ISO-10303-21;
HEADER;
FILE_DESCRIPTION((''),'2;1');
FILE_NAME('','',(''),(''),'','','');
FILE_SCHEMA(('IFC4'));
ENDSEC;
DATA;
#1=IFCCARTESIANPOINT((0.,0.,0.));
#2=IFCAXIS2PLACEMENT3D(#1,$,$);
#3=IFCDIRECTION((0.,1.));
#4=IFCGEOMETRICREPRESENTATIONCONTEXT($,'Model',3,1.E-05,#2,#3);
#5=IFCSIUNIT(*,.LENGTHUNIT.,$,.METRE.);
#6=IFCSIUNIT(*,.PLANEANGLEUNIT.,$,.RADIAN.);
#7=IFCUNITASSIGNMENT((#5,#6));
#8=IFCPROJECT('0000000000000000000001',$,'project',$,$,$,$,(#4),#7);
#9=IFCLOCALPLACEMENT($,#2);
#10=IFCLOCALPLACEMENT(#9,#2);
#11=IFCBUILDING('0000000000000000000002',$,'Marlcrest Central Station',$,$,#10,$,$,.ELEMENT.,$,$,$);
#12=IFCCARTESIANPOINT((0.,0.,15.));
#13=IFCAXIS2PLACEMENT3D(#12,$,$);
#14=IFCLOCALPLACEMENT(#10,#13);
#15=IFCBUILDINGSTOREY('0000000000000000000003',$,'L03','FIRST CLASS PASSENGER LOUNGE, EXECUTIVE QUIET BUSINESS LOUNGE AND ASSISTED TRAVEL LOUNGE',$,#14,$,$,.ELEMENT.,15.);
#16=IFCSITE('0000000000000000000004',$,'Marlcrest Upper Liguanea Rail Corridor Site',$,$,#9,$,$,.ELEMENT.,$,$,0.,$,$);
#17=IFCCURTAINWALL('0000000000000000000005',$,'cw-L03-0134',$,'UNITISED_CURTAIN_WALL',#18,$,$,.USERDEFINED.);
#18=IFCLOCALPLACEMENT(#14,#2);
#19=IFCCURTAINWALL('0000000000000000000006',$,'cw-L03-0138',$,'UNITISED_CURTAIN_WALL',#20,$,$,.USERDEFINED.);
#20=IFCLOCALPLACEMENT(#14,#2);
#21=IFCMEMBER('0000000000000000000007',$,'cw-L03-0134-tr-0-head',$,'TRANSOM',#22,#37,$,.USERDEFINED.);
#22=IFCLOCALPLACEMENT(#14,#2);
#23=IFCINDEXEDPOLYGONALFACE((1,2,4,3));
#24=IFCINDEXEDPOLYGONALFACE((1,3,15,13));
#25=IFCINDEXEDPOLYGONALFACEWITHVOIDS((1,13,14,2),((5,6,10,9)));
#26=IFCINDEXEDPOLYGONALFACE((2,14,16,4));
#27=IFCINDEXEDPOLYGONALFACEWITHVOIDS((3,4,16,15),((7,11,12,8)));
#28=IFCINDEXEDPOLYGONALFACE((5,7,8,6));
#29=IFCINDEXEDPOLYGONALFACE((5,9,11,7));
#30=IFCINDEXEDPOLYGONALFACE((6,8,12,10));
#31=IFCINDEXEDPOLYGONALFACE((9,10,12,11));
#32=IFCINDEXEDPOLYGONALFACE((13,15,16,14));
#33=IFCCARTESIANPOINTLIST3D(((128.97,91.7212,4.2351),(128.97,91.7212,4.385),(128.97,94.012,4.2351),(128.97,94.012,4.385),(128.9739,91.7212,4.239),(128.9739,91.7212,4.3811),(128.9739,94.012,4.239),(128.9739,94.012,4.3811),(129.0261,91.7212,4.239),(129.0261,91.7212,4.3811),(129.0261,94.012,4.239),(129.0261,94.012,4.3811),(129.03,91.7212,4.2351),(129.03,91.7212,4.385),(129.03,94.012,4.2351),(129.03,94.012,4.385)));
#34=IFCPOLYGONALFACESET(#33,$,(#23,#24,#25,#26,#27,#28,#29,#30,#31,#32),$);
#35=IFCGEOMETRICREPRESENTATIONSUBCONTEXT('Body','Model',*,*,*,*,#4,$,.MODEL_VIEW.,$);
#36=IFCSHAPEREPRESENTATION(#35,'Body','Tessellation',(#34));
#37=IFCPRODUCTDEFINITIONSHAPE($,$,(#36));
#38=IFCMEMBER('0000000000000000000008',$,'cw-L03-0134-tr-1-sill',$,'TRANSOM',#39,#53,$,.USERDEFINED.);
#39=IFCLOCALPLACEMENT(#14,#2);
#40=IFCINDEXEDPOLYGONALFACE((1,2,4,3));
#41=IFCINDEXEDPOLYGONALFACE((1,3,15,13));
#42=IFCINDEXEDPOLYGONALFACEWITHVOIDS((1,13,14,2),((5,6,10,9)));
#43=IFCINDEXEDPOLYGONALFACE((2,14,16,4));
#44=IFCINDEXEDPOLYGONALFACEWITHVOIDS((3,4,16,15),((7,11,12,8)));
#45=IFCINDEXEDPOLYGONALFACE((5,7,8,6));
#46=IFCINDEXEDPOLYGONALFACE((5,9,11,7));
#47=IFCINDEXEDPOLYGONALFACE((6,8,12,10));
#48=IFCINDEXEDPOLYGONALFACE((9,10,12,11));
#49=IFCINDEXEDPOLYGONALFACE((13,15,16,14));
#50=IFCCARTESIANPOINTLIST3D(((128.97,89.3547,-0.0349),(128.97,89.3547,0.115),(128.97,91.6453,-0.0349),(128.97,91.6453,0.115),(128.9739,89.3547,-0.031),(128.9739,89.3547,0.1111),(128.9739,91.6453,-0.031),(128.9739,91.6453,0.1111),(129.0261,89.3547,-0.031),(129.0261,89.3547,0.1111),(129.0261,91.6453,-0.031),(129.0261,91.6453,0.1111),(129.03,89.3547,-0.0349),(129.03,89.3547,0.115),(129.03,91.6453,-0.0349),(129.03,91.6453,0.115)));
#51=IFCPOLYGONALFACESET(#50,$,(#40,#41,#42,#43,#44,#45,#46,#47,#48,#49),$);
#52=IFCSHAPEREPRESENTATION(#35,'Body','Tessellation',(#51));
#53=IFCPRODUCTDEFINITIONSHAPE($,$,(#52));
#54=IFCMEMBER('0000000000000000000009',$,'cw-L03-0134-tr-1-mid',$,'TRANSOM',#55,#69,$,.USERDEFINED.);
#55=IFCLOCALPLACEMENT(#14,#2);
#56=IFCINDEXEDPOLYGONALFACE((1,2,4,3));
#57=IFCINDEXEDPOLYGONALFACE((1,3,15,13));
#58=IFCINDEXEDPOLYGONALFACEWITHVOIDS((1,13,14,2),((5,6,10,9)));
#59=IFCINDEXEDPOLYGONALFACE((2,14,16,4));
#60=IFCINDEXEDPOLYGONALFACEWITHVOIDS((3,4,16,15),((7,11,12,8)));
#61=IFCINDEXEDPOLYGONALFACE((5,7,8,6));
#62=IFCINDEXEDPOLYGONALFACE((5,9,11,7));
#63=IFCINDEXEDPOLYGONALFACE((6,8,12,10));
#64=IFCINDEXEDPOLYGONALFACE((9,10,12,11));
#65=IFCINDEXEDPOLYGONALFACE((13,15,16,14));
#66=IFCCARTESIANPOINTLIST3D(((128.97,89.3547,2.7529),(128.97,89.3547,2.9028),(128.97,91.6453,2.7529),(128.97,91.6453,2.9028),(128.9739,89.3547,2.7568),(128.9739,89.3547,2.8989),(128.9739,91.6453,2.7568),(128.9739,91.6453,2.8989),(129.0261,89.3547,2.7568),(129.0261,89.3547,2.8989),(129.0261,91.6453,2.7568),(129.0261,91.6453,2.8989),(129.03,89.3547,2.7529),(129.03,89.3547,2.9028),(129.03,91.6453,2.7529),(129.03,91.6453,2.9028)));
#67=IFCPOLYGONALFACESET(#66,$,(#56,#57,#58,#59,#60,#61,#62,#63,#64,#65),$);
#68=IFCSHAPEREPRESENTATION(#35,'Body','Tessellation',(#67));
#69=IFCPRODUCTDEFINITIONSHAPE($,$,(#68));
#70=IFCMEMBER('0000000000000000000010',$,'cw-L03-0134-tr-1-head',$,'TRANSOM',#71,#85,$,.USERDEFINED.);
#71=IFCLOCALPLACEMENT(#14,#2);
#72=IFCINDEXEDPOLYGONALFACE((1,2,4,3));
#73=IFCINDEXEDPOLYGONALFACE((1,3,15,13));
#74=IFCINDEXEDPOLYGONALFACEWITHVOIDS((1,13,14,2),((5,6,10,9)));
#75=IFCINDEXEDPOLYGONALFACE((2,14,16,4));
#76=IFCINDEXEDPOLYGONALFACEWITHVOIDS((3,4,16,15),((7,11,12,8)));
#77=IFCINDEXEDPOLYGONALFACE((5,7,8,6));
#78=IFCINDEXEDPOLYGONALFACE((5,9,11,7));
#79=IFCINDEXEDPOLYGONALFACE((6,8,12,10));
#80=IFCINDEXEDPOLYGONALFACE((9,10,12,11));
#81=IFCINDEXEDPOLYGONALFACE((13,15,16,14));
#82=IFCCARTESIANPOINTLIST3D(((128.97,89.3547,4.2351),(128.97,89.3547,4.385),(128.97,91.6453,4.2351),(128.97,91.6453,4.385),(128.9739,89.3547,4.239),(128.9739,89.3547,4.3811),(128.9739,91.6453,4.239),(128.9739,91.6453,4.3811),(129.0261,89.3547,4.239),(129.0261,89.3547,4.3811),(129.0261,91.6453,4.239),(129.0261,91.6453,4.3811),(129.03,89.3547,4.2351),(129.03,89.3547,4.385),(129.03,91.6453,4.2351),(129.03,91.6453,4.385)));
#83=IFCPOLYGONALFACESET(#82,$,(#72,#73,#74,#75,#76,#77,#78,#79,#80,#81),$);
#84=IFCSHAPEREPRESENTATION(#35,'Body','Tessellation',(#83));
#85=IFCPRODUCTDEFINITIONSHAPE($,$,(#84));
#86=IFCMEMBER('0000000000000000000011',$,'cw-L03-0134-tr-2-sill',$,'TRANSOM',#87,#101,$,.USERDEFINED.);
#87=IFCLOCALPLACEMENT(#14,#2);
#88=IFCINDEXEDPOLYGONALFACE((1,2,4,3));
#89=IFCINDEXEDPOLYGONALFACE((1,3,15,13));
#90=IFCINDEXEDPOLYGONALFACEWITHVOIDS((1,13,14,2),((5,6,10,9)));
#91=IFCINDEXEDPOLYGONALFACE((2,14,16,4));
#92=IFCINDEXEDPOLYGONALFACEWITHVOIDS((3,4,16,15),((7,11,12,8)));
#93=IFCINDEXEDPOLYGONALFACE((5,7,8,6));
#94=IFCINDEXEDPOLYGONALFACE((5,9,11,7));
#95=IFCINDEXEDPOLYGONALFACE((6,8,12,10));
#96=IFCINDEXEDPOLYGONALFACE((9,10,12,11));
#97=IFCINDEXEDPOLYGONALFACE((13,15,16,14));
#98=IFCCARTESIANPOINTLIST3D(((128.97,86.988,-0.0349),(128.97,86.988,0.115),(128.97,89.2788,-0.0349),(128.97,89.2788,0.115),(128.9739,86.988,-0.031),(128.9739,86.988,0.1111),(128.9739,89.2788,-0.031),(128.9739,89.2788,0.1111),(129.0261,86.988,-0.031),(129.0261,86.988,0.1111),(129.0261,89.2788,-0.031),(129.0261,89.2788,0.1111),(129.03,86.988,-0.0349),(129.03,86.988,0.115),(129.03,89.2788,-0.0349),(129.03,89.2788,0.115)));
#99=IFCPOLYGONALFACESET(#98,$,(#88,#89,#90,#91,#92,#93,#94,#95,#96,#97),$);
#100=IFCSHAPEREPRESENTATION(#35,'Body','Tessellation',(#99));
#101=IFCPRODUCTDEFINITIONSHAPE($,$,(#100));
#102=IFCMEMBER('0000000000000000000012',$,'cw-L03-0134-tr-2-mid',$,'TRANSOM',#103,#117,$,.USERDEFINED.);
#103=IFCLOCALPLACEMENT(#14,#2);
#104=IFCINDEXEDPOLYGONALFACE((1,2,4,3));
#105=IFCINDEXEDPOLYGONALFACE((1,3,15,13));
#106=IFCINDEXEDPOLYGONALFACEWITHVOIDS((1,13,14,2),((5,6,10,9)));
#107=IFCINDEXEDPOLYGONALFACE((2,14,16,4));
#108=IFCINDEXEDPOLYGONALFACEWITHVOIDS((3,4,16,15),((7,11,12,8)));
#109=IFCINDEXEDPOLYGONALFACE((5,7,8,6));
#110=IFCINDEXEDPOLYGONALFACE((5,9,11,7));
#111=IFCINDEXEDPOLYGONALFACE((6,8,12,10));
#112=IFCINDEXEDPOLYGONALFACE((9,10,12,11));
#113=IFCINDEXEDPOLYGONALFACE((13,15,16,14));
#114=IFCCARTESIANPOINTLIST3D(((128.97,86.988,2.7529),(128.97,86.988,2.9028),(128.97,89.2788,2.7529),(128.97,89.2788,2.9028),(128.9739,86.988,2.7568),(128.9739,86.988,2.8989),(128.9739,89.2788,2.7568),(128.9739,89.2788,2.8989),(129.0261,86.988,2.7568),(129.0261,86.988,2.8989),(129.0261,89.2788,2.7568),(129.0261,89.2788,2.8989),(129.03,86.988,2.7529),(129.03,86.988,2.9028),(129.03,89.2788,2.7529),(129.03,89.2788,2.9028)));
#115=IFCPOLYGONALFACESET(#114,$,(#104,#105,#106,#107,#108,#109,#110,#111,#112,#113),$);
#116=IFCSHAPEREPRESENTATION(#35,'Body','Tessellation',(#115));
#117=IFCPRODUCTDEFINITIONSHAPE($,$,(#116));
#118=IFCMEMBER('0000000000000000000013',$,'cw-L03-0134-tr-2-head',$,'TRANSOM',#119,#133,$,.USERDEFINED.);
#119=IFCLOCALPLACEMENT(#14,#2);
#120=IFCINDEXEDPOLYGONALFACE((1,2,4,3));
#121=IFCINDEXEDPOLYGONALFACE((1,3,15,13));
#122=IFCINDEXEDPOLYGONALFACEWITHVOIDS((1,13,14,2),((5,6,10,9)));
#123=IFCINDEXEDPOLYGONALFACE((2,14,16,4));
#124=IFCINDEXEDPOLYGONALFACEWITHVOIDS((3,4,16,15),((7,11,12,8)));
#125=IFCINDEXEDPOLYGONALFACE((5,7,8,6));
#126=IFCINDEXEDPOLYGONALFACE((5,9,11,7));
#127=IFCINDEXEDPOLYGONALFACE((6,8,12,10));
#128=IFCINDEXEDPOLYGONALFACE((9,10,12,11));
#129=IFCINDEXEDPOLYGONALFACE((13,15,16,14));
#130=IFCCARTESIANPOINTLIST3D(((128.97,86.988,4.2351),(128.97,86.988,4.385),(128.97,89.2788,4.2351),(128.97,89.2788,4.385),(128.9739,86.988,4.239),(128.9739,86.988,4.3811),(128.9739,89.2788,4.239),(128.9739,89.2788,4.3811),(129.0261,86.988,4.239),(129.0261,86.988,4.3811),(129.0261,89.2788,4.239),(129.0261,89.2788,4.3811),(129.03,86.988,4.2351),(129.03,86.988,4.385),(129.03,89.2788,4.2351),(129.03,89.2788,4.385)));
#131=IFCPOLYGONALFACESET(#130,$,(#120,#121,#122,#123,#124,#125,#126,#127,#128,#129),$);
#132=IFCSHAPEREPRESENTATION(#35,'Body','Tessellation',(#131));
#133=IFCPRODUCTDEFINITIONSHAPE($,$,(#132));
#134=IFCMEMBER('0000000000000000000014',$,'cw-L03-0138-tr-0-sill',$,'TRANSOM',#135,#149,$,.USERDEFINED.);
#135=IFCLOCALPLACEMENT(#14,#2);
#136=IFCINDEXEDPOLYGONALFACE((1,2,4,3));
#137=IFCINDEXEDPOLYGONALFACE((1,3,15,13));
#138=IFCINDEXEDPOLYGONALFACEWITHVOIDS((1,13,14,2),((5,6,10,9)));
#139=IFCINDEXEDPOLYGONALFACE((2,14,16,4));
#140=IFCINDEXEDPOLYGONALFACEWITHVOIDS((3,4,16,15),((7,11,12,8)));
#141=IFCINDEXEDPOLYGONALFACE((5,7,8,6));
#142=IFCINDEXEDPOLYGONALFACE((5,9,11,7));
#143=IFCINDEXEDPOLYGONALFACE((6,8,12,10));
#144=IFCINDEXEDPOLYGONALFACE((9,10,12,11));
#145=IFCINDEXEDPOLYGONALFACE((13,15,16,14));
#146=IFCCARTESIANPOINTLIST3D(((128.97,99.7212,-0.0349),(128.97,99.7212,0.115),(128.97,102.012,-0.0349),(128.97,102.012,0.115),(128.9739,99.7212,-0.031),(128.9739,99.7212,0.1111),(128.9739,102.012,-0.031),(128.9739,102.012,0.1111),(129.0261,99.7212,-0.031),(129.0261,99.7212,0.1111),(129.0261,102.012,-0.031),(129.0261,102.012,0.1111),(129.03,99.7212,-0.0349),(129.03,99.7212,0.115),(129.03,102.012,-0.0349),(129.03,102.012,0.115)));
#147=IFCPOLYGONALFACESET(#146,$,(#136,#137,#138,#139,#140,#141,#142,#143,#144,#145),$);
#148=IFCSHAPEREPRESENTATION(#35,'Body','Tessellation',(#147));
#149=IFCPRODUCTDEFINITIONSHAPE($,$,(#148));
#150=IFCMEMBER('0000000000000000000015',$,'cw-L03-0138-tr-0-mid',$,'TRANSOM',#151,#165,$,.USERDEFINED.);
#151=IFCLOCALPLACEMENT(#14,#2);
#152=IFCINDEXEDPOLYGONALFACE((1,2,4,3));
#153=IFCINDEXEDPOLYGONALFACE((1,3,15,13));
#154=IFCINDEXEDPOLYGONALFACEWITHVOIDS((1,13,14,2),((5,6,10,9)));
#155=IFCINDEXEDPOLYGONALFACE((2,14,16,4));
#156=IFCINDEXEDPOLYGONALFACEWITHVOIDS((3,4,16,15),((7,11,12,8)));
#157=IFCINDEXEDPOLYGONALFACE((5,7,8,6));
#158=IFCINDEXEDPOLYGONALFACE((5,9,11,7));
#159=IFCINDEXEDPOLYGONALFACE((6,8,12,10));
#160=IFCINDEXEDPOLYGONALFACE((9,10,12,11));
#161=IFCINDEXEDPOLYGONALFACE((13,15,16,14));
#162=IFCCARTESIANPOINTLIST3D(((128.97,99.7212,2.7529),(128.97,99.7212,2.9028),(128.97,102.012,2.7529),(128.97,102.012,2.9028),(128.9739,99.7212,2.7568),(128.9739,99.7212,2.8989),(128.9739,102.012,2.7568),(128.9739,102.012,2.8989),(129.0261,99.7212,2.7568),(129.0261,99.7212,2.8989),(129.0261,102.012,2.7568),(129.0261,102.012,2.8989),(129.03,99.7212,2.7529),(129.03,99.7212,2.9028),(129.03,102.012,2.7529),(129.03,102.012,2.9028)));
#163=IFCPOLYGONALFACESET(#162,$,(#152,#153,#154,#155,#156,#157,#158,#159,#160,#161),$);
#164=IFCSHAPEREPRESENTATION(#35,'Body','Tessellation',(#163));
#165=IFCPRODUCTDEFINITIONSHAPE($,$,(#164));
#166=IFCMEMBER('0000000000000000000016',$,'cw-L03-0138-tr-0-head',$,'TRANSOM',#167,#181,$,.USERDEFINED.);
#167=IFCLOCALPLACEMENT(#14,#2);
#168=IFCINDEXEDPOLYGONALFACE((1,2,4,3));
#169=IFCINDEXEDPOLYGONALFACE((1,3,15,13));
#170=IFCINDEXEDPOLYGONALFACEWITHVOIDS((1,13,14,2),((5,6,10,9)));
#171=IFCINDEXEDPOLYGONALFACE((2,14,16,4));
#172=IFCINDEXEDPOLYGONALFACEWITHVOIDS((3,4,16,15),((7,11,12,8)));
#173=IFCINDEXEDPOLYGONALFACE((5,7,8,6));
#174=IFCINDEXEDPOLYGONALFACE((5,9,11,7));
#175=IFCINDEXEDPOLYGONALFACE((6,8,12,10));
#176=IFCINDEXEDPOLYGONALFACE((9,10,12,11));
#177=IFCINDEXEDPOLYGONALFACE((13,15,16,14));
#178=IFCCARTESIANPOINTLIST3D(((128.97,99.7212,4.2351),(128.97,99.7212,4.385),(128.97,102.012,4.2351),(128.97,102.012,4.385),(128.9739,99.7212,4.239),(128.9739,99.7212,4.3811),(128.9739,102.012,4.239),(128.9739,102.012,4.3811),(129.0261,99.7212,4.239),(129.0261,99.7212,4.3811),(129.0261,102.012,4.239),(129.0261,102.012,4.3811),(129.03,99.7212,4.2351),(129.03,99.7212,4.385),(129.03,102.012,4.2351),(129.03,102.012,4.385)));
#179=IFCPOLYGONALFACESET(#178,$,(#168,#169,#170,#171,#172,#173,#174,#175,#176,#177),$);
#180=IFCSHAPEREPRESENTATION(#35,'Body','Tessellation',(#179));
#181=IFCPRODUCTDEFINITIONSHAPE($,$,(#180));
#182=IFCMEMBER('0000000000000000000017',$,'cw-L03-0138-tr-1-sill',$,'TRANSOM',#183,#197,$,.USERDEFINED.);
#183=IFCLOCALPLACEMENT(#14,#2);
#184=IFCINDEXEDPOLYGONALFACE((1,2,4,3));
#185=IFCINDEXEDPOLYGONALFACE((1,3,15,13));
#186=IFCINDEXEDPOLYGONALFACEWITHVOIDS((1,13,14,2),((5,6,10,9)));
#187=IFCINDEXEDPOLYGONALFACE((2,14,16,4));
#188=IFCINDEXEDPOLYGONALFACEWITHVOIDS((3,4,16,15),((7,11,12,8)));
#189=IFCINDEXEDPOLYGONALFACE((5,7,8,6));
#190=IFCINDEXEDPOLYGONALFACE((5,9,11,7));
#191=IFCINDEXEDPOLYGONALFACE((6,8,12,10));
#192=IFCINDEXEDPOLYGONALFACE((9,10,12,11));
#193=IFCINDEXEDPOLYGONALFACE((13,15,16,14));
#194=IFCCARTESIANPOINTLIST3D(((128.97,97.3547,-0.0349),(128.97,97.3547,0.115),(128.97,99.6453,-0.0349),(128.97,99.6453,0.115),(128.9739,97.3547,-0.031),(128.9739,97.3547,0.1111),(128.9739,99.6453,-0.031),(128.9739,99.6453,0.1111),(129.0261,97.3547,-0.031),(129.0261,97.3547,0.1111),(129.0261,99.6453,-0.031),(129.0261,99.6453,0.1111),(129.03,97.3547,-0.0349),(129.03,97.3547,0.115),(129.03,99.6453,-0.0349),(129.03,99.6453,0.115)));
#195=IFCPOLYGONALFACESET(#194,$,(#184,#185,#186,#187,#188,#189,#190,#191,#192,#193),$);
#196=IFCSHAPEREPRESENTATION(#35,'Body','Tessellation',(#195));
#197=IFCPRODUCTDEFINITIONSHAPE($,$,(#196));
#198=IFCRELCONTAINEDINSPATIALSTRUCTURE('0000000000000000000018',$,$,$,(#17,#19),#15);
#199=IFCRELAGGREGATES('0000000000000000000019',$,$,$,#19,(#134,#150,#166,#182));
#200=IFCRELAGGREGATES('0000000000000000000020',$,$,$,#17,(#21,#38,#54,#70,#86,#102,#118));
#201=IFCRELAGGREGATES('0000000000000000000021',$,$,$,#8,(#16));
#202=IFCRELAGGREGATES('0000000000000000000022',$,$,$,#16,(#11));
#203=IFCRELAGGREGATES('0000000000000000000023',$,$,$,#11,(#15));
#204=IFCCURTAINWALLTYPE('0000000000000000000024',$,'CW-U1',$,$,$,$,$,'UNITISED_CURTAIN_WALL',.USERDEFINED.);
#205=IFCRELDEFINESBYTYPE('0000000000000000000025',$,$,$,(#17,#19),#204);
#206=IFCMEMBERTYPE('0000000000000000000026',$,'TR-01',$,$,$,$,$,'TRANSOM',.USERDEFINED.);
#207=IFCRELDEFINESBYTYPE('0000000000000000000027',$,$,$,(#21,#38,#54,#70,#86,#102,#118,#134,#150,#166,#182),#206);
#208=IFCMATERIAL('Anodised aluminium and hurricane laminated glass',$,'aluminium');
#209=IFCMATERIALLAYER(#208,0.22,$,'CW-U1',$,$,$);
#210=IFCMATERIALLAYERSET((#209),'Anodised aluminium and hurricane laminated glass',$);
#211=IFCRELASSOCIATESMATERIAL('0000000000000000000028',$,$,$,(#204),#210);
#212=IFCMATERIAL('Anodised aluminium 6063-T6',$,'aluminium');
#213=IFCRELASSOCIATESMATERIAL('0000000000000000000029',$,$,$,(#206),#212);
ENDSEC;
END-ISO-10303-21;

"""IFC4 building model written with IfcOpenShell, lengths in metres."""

from ifc_helpers import new_model, si_unit, direction, frame, origin, origin_2d, place, context, subcontext, project, spatial, hollow_rectangle, extrude, material, layer, layer_set, material_profile, profile_set, type_object, element, aggregate, save


model = new_model("IFC4")

# Units and contexts
model_context = context("Model", 3, precision=1e-05, world=origin(), true_north=direction((0.0, 1.0)))
body_context = subcontext(model_context, "Body", "Model", "MODEL_VIEW")
ifc_project = project(units=[si_unit("LENGTHUNIT", "METRE"), si_unit("PLANEANGLEUNIT", "RADIAN")], contexts=[model_context])

# Site, building, storey
site_placement = place(None, origin())
site = spatial("IfcSite", under=ifc_project, at=site_placement, Name="Marlcrest Upper Liguanea Rail Corridor Site", CompositionType="ELEMENT", RefElevation=0.0)
building_placement = place(site_placement, origin())
building = spatial("IfcBuilding", under=site, at=building_placement, Name="Marlcrest Central Station", CompositionType="ELEMENT")
storey_placement = place(building_placement, frame((0.0, 0.0, 15.0)))
storey = spatial("IfcBuildingStorey", under=building, at=storey_placement, Name="L03", Description="FIRST CLASS PASSENGER LOUNGE, EXECUTIVE QUIET BUSINESS LOUNGE AND ASSISTED TRAVEL LOUNGE", CompositionType="ELEMENT", Elevation=15.0)

# Curtain walls
ifc_material_1 = material(Name="Anodised aluminium and hurricane laminated glass", Category="aluminium")
ifc_layer_1 = layer(ifc_material_1, 0.22, Name="CW-U1")
ifc_layer_set_1 = layer_set([ifc_layer_1], Name="Anodised aluminium and hurricane laminated glass")
curtain_wall_type = type_object("IfcCurtainWallType", Name="CW-U1", ElementType="UNITISED_CURTAIN_WALL", PredefinedType="USERDEFINED", material=ifc_layer_set_1)
curtain_wall_1_placement = place(storey_placement, origin())
curtain_wall_1 = element("IfcCurtainWall", 1, at=curtain_wall_1_placement, inside=storey, type_object=curtain_wall_type, Name="cw-L03-0134", ObjectType="UNITISED_CURTAIN_WALL", PredefinedType="USERDEFINED")
ifc_material_2 = material(Name="Anodised aluminium 6063-T6", Category="aluminium")
curtain_wall_2_placement = place(storey_placement, origin())
curtain_wall_2 = element("IfcCurtainWall", 2, at=curtain_wall_2_placement, inside=storey, type_object=curtain_wall_type, Name="cw-L03-0138", ObjectType="UNITISED_CURTAIN_WALL", PredefinedType="USERDEFINED")

# Members
ifc_material_profile_1 = material_profile(ifc_material_2, hollow_rectangle(XDim=0.0601, YDim=0.1499, WallThickness=0.0039, at=origin_2d()), Name="AA-RHS 150x60x4")
ifc_profile_set_1 = profile_set([ifc_material_profile_1], Name="Anodised aluminium 6063-T6")
member_type_1 = type_object("IfcMemberType", Name="TR-01", ElementType="TRANSOM", PredefinedType="USERDEFINED", material=ifc_profile_set_1)
member_1_placement = place(storey_placement, frame((129.0, 94.012, 4.3101), z_axis=(0.0, -1.0, 0.0), x_axis=(1.0, 0.0, 0.0)))
member_1 = element("IfcMember", 3, at=member_1_placement, type_object=member_type_1, Name="cw-L03-0134-tr-0-head", ObjectType="TRANSOM", PredefinedType="USERDEFINED", context=body_context, shape_type="SweptSolid", body=[
    extrude(hollow_rectangle(XDim=0.0601, YDim=0.1499, WallThickness=0.0039, at=origin_2d()), origin(), (0.0, 0.0, 1.0), 2.2908),
])
member_2_placement = place(storey_placement, frame((129.0, 91.6453, 0.04), z_axis=(0.0, -1.0, 0.0), x_axis=(1.0, 0.0, 0.0)))
member_2 = element("IfcMember", 4, at=member_2_placement, type_object=member_type_1, Name="cw-L03-0134-tr-1-sill", ObjectType="TRANSOM", PredefinedType="USERDEFINED", context=body_context, shape_type="SweptSolid", body=[
    extrude(hollow_rectangle(XDim=0.0601, YDim=0.1499, WallThickness=0.0039, at=origin_2d()), origin(), (0.0, 0.0, 1.0), 2.2905),
])
member_3_placement = place(storey_placement, frame((129.0, 91.6453, 2.8279), z_axis=(0.0, -1.0, 0.0), x_axis=(1.0, 0.0, 0.0)))
member_3 = element("IfcMember", 5, at=member_3_placement, type_object=member_type_1, Name="cw-L03-0134-tr-1-mid", ObjectType="TRANSOM", PredefinedType="USERDEFINED", context=body_context, shape_type="SweptSolid", body=[
    extrude(hollow_rectangle(XDim=0.0601, YDim=0.1499, WallThickness=0.0039, at=origin_2d()), origin(), (0.0, 0.0, 1.0), 2.2905),
])
member_4_placement = place(storey_placement, frame((129.0, 91.6453, 4.3101), z_axis=(0.0, -1.0, 0.0), x_axis=(1.0, 0.0, 0.0)))
member_4 = element("IfcMember", 6, at=member_4_placement, type_object=member_type_1, Name="cw-L03-0134-tr-1-head", ObjectType="TRANSOM", PredefinedType="USERDEFINED", context=body_context, shape_type="SweptSolid", body=[
    extrude(hollow_rectangle(XDim=0.0601, YDim=0.1499, WallThickness=0.0039, at=origin_2d()), origin(), (0.0, 0.0, 1.0), 2.2905),
])
member_5_placement = place(storey_placement, frame((129.0, 89.2788, 0.04), z_axis=(0.0, -1.0, 0.0), x_axis=(1.0, 0.0, 0.0)))
member_5 = element("IfcMember", 7, at=member_5_placement, type_object=member_type_1, Name="cw-L03-0134-tr-2-sill", ObjectType="TRANSOM", PredefinedType="USERDEFINED", context=body_context, shape_type="SweptSolid", body=[
    extrude(hollow_rectangle(XDim=0.0601, YDim=0.1499, WallThickness=0.0039, at=origin_2d()), origin(), (0.0, 0.0, 1.0), 2.2908),
])
member_6_placement = place(storey_placement, frame((129.0, 89.2788, 2.8279), z_axis=(0.0, -1.0, 0.0), x_axis=(1.0, 0.0, 0.0)))
member_6 = element("IfcMember", 8, at=member_6_placement, type_object=member_type_1, Name="cw-L03-0134-tr-2-mid", ObjectType="TRANSOM", PredefinedType="USERDEFINED", context=body_context, shape_type="SweptSolid", body=[
    extrude(hollow_rectangle(XDim=0.0601, YDim=0.1499, WallThickness=0.0039, at=origin_2d()), origin(), (0.0, 0.0, 1.0), 2.2908),
])
member_7_placement = place(storey_placement, frame((129.0, 89.2788, 4.3101), z_axis=(0.0, -1.0, 0.0), x_axis=(1.0, 0.0, 0.0)))
member_7 = element("IfcMember", 9, at=member_7_placement, type_object=member_type_1, Name="cw-L03-0134-tr-2-head", ObjectType="TRANSOM", PredefinedType="USERDEFINED", context=body_context, shape_type="SweptSolid", body=[
    extrude(hollow_rectangle(XDim=0.0601, YDim=0.1499, WallThickness=0.0039, at=origin_2d()), origin(), (0.0, 0.0, 1.0), 2.2908),
])
member_8_placement = place(storey_placement, frame((129.0, 102.012, 0.04), z_axis=(0.0, -1.0, 0.0), x_axis=(1.0, 0.0, 0.0)))
member_8 = element("IfcMember", 10, at=member_8_placement, type_object=member_type_1, Name="cw-L03-0138-tr-0-sill", ObjectType="TRANSOM", PredefinedType="USERDEFINED", context=body_context, shape_type="SweptSolid", body=[
    extrude(hollow_rectangle(XDim=0.0601, YDim=0.1499, WallThickness=0.0039, at=origin_2d()), origin(), (0.0, 0.0, 1.0), 2.2908),
])
member_9_placement = place(storey_placement, frame((129.0, 102.012, 2.8279), z_axis=(0.0, -1.0, 0.0), x_axis=(1.0, 0.0, 0.0)))
member_9 = element("IfcMember", 11, at=member_9_placement, type_object=member_type_1, Name="cw-L03-0138-tr-0-mid", ObjectType="TRANSOM", PredefinedType="USERDEFINED", context=body_context, shape_type="SweptSolid", body=[
    extrude(hollow_rectangle(XDim=0.0601, YDim=0.1499, WallThickness=0.0039, at=origin_2d()), origin(), (0.0, 0.0, 1.0), 2.2908),
])
member_10_placement = place(storey_placement, frame((129.0, 102.012, 4.3101), z_axis=(0.0, -1.0, 0.0), x_axis=(1.0, 0.0, 0.0)))
member_10 = element("IfcMember", 12, at=member_10_placement, type_object=member_type_1, Name="cw-L03-0138-tr-0-head", ObjectType="TRANSOM", PredefinedType="USERDEFINED", context=body_context, shape_type="SweptSolid", body=[
    extrude(hollow_rectangle(XDim=0.0601, YDim=0.1499, WallThickness=0.0039, at=origin_2d()), origin(), (0.0, 0.0, 1.0), 2.2908),
])
member_11_placement = place(storey_placement, frame((129.0, 99.6453, 0.04), z_axis=(0.0, -1.0, 0.0), x_axis=(1.0, 0.0, 0.0)))
member_11 = element("IfcMember", 13, at=member_11_placement, type_object=member_type_1, Name="cw-L03-0138-tr-1-sill", ObjectType="TRANSOM", PredefinedType="USERDEFINED", context=body_context, shape_type="SweptSolid", body=[
    extrude(hollow_rectangle(XDim=0.0601, YDim=0.1499, WallThickness=0.0039, at=origin_2d()), origin(), (0.0, 0.0, 1.0), 2.2905),
])

aggregate(curtain_wall_2, [member_8, member_9, member_10, member_11])
aggregate(curtain_wall_1, [member_1, member_2, member_3, member_4, member_5, member_6, member_7])

save(model, "model.ifc")
